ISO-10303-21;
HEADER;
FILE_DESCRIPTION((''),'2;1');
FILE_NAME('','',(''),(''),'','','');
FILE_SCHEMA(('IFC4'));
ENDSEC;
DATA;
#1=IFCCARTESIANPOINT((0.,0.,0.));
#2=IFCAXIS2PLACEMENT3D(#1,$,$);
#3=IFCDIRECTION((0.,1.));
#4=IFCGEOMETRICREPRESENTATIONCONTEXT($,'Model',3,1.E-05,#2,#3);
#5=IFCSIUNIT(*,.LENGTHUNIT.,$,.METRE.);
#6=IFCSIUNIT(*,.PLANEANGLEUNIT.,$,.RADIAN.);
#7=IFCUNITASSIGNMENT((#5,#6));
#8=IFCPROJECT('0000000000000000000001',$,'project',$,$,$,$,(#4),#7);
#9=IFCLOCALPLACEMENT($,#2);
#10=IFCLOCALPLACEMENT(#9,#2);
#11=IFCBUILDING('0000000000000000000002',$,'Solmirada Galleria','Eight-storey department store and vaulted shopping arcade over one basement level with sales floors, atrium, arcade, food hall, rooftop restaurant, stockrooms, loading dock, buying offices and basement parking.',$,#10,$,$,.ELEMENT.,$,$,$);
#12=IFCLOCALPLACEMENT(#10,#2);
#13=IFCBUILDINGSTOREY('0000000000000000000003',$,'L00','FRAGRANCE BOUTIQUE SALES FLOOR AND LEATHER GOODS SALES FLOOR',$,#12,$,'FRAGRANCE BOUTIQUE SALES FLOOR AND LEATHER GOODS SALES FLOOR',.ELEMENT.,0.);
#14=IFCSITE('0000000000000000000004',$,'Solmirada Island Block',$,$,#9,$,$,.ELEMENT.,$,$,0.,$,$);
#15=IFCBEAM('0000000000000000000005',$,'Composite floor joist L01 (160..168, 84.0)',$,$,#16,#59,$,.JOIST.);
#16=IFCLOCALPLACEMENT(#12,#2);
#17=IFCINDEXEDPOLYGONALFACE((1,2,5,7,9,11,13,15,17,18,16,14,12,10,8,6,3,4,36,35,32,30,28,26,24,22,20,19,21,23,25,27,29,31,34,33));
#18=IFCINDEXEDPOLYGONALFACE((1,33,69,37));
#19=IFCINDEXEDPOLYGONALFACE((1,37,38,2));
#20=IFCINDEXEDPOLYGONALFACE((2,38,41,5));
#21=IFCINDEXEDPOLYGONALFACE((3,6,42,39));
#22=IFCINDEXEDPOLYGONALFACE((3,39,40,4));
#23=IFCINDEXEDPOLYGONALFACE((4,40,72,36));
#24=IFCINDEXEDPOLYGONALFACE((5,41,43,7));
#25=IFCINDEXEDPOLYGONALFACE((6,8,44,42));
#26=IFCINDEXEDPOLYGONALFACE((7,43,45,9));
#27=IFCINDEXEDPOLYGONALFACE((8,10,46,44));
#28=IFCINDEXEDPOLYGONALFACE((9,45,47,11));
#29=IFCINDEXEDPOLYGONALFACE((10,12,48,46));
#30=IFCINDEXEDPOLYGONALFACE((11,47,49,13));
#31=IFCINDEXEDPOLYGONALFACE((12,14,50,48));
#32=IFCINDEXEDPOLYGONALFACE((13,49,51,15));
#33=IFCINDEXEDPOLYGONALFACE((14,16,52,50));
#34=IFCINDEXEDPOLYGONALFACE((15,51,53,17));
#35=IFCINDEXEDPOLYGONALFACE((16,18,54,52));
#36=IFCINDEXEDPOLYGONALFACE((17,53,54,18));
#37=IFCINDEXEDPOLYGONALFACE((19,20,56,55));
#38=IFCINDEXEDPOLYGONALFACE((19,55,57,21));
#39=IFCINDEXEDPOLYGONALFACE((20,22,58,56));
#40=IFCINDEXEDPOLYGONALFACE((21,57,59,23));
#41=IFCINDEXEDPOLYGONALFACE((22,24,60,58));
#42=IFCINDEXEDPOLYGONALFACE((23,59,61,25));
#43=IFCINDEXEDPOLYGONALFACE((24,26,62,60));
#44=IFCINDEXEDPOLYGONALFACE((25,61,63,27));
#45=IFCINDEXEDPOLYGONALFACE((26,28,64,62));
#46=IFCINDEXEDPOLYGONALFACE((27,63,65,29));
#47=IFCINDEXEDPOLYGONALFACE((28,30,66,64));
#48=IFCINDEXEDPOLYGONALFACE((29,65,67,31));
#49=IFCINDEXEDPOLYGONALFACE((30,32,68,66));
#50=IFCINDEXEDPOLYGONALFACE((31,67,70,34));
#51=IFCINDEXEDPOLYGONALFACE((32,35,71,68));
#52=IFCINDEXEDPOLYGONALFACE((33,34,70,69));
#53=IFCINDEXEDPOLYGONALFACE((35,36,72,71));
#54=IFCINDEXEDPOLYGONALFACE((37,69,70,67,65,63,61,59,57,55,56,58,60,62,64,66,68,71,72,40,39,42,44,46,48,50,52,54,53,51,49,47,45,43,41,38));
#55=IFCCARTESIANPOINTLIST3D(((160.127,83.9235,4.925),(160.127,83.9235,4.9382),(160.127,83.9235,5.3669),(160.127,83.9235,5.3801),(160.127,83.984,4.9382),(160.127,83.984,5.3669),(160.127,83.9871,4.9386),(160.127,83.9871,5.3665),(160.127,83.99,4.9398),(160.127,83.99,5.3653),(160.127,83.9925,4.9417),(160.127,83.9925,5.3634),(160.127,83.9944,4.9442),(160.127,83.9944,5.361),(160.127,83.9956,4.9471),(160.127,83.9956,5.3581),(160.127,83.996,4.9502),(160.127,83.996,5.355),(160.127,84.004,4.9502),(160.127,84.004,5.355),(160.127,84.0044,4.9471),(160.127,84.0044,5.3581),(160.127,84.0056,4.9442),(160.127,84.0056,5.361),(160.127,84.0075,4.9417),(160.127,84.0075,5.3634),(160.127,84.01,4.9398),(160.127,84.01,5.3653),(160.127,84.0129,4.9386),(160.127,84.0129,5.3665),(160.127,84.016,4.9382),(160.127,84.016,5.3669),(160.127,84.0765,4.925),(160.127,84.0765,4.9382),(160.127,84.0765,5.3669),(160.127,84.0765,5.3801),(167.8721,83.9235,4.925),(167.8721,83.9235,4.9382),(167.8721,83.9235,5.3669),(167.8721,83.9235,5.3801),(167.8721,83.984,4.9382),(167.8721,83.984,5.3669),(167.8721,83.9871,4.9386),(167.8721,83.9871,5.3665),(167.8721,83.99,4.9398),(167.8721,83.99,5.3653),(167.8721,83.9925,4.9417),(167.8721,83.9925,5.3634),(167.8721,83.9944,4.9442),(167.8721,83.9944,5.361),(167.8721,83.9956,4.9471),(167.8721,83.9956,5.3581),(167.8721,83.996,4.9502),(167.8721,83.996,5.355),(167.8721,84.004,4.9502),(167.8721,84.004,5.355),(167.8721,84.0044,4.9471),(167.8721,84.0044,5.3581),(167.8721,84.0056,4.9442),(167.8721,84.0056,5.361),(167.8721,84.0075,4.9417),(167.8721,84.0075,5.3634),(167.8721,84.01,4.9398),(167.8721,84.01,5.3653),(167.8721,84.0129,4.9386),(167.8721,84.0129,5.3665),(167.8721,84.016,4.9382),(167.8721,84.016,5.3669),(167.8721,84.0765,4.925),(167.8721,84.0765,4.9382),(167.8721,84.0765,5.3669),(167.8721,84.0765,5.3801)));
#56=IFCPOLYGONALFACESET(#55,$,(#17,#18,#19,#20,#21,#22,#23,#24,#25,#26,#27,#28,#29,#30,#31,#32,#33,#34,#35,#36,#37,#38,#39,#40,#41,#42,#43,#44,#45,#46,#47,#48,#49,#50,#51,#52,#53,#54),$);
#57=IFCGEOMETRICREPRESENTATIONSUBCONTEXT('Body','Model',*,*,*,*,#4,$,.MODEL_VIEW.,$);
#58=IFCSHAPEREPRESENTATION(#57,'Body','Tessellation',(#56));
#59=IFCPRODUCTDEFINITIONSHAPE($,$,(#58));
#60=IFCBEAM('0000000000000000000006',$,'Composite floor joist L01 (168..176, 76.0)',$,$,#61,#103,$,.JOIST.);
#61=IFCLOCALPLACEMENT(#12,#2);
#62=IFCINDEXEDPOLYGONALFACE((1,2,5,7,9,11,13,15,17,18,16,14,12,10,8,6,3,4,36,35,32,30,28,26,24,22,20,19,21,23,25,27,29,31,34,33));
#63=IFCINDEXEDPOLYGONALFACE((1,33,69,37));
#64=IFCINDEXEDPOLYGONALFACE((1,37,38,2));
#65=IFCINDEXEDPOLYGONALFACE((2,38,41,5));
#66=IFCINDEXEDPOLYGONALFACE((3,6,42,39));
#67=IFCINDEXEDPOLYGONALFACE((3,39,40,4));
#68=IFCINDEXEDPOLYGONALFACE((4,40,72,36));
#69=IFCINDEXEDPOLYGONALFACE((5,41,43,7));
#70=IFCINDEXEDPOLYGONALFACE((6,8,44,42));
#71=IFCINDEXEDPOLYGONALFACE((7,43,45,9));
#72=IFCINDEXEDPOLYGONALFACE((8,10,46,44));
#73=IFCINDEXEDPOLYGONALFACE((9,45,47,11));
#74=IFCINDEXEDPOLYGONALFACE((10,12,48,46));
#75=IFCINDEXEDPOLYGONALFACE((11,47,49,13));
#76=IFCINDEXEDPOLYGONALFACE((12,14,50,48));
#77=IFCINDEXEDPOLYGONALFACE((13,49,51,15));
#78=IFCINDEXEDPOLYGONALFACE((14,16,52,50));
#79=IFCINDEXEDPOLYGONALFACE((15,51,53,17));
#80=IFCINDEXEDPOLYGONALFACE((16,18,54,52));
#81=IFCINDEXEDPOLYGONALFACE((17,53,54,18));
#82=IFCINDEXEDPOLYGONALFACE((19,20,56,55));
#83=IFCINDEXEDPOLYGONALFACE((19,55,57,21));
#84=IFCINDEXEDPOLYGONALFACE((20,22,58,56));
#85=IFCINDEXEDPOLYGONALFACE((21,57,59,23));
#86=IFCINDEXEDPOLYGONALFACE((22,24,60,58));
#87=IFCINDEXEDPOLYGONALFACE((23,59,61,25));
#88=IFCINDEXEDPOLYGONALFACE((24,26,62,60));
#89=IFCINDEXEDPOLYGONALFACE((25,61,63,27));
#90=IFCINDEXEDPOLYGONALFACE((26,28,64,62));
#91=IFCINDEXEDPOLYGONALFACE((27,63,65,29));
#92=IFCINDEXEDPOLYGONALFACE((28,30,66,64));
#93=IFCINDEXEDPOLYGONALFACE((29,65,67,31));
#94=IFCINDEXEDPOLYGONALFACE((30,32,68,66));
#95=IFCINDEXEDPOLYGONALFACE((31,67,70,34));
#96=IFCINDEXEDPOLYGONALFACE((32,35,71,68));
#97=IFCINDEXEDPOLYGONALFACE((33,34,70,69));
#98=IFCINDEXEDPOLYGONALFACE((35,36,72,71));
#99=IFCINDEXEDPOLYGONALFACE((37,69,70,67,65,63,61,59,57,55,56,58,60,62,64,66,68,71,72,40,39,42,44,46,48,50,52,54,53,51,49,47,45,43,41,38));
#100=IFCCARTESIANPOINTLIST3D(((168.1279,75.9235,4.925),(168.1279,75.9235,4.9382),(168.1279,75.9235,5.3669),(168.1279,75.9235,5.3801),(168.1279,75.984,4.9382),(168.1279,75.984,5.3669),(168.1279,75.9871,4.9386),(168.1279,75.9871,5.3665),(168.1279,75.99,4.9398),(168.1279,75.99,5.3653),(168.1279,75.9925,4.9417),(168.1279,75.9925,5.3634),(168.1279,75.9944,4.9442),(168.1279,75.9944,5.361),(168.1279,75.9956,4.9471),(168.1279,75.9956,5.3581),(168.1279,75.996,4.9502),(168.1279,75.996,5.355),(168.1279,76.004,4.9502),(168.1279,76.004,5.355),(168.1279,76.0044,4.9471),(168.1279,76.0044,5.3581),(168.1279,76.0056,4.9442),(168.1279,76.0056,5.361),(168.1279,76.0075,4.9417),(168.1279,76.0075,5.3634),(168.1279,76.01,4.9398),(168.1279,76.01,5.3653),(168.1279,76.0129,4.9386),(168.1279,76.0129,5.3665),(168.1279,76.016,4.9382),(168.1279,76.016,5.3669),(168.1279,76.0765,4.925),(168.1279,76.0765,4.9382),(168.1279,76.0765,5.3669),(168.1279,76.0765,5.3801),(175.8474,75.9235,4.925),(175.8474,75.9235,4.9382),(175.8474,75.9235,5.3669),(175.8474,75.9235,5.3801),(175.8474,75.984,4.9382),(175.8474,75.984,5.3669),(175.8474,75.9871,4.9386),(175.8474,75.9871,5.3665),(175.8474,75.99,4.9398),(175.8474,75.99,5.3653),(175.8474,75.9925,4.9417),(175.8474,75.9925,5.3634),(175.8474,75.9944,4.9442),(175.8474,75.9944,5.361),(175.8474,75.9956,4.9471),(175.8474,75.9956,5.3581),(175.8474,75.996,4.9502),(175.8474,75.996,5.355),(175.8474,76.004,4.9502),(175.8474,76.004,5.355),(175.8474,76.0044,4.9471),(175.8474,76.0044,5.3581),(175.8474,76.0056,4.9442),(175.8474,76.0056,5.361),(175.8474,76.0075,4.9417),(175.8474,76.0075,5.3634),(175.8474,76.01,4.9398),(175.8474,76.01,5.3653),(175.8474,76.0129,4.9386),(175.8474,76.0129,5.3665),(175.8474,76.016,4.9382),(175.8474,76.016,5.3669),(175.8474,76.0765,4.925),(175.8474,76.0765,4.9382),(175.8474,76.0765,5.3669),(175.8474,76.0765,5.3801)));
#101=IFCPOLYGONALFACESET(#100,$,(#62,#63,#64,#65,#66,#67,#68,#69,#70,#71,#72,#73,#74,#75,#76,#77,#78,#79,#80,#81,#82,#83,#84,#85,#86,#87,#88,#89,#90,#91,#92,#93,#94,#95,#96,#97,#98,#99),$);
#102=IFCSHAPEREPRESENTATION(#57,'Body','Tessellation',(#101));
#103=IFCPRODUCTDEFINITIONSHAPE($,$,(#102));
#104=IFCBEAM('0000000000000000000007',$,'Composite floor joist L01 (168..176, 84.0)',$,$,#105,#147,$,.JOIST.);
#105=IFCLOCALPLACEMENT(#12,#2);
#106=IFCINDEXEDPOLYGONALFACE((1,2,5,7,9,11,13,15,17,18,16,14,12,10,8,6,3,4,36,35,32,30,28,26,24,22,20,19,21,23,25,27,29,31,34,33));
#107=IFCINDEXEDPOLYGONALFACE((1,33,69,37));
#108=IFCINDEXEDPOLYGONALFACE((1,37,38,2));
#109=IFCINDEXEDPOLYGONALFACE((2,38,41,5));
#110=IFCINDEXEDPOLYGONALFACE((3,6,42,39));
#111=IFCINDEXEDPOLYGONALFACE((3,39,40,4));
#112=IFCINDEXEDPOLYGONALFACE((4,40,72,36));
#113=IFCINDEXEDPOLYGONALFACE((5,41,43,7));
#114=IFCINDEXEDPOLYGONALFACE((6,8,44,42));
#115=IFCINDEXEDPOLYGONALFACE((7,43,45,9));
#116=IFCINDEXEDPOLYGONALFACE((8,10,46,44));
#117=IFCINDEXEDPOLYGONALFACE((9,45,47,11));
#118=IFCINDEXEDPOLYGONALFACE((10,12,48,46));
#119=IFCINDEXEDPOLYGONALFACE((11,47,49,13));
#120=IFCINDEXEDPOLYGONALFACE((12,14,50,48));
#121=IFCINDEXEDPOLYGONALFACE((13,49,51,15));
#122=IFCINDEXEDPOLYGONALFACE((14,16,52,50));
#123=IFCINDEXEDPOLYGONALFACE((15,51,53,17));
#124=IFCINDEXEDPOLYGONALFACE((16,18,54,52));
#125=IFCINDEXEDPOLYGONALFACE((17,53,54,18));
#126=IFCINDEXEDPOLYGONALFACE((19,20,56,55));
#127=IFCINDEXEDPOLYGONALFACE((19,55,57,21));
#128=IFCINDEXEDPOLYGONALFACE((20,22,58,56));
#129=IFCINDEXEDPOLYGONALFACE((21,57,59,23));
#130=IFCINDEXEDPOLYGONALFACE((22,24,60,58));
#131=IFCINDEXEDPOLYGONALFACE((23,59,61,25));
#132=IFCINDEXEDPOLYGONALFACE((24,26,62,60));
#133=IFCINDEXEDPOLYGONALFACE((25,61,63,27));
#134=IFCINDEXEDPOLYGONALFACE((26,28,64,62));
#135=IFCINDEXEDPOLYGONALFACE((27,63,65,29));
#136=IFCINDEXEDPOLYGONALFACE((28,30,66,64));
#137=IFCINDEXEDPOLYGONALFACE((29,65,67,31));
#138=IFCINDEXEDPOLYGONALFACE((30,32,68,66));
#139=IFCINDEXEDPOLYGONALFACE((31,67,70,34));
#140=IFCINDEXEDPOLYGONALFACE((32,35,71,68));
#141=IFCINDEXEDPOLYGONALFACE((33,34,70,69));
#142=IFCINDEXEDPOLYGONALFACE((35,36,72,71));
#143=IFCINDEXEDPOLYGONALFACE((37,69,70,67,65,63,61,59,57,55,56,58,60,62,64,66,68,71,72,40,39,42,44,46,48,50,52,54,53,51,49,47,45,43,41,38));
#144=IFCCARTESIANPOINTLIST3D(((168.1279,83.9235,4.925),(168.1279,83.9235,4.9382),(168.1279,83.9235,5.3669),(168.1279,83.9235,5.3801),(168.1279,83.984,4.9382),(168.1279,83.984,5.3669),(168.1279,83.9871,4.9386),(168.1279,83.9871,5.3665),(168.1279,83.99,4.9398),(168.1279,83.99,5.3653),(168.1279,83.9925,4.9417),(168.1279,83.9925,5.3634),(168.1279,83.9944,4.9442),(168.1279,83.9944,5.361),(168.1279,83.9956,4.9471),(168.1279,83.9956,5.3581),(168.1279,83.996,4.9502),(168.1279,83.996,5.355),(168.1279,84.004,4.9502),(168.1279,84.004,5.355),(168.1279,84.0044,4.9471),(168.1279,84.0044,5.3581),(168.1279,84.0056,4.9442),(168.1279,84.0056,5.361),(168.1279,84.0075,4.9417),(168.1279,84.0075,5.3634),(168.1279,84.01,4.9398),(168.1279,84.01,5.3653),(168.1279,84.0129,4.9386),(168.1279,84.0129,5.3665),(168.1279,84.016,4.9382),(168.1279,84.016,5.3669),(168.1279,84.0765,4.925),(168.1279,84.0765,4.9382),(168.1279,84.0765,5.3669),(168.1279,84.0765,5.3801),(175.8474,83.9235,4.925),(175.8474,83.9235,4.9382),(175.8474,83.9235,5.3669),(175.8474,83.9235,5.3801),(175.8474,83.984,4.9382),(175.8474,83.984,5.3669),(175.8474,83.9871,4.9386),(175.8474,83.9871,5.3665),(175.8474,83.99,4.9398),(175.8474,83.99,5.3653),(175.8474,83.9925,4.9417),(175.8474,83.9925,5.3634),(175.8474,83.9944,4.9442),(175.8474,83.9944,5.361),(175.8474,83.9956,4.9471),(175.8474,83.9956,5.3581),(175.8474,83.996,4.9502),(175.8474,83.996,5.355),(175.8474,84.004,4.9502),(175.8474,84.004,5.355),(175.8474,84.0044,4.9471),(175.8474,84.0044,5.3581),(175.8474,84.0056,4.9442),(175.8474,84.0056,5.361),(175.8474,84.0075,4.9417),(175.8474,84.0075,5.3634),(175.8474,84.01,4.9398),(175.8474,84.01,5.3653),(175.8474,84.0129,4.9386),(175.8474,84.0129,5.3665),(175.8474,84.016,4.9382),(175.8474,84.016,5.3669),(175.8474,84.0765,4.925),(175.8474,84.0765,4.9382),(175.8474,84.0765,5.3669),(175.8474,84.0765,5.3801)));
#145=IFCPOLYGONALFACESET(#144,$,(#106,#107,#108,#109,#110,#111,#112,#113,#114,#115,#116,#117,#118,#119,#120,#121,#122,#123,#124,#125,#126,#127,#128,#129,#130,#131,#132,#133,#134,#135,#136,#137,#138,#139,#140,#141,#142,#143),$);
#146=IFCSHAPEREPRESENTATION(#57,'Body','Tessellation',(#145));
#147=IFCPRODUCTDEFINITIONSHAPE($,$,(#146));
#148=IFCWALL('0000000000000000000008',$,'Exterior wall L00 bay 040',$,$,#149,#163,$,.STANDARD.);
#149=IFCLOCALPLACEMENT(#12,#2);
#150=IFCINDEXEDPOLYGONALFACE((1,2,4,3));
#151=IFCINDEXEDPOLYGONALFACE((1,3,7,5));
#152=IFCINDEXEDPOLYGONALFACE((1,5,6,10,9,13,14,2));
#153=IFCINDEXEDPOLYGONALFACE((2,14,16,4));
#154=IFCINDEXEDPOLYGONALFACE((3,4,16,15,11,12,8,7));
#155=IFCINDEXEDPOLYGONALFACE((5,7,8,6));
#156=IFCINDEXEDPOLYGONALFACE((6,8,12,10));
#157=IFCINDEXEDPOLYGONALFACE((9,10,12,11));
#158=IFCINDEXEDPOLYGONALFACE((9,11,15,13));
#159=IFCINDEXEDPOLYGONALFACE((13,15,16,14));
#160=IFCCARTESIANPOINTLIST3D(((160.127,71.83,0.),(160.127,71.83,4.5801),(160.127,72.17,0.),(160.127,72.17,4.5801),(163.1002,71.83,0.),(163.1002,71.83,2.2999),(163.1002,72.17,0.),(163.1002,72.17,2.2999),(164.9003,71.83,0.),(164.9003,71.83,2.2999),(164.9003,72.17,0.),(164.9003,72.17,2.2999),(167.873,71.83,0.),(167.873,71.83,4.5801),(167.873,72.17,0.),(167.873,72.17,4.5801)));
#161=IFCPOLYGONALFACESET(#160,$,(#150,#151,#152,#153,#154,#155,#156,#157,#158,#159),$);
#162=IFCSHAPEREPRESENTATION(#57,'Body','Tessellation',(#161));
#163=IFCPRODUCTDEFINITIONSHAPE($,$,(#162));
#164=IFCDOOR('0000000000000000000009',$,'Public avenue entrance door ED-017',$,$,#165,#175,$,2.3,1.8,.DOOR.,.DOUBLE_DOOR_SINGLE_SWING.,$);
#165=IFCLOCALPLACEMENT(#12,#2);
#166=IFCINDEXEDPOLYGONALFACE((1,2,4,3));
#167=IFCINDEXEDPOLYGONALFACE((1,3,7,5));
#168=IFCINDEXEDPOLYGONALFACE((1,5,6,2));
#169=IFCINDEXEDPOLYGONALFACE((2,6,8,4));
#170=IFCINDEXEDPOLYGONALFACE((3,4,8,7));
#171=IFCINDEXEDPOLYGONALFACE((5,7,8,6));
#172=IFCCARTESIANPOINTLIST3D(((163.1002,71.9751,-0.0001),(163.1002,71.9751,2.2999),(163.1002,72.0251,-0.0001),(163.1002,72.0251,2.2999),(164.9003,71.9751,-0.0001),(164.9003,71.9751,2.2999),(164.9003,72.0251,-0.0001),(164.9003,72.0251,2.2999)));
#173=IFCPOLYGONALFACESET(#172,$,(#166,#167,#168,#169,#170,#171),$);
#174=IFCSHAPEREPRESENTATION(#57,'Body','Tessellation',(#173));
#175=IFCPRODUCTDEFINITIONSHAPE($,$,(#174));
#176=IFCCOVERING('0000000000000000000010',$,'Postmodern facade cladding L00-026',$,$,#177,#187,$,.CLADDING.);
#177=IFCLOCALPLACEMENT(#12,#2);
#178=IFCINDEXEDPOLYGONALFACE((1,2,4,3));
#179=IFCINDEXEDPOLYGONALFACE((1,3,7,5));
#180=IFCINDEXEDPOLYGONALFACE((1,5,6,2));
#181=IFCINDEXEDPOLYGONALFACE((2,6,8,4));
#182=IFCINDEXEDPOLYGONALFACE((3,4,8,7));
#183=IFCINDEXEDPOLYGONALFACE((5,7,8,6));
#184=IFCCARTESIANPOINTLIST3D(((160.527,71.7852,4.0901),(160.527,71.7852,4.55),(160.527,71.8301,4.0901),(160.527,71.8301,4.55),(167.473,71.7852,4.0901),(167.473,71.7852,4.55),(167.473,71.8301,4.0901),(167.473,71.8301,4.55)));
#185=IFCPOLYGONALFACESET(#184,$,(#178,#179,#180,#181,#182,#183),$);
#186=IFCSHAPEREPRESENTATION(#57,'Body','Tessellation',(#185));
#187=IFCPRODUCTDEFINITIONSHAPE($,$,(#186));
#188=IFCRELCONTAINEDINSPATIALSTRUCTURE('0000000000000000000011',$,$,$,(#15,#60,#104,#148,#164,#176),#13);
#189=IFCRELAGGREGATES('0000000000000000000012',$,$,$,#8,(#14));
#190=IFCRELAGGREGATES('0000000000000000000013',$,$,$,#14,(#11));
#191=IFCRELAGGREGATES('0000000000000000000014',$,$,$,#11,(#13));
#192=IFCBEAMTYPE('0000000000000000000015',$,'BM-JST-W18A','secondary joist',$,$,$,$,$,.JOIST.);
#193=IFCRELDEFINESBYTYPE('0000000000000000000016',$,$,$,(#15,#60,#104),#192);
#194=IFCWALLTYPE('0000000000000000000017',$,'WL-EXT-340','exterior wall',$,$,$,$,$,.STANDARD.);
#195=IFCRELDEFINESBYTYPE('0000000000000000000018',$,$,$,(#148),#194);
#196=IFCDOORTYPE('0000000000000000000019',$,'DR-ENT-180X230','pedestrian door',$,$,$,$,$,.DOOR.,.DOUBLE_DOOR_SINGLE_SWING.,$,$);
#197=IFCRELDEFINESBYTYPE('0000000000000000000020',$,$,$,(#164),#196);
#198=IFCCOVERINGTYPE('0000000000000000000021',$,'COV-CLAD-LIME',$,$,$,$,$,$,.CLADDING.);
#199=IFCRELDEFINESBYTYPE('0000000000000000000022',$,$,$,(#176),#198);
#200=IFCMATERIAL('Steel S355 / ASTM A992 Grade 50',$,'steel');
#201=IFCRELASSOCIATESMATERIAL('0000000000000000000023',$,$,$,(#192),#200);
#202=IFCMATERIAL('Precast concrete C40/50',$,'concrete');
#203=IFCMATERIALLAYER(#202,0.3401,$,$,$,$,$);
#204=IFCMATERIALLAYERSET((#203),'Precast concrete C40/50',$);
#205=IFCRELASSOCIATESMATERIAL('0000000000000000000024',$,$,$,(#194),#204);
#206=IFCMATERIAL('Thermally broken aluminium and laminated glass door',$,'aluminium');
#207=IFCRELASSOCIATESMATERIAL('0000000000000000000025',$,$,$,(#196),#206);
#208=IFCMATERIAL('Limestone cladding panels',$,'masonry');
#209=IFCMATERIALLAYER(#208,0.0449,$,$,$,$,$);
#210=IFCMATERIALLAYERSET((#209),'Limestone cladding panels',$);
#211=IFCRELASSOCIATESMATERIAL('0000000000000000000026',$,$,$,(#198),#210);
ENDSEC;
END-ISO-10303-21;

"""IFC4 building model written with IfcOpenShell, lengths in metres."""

from ifc_helpers import new_model, si_unit, direction, frame, frame_2d, origin, origin_2d, place, context, subcontext, project, spatial, rectangle, i_section, extrude, material, layer, layer_set, material_profile, profile_set, type_object, element, fill, save


model = new_model("IFC4")

# Units and contexts
model_context = context("Model", 3, precision=1e-05, world=origin(), true_north=direction((0.0, 1.0)))
body_context = subcontext(model_context, "Body", "Model", "MODEL_VIEW")
ifc_project = project(units=[si_unit("LENGTHUNIT", "METRE"), si_unit("PLANEANGLEUNIT", "RADIAN")], contexts=[model_context])

# Site, building, storey
site_placement = place(None, origin())
site = spatial("IfcSite", under=ifc_project, at=site_placement, Name="Solmirada Island Block", CompositionType="ELEMENT", RefElevation=0.0)
building_placement = place(site_placement, origin())
building = spatial("IfcBuilding", under=site, at=building_placement, Name="Solmirada Galleria", Description="Eight-storey department store and vaulted shopping arcade over one basement level with sales floors, atrium, arcade, food hall, rooftop restaurant, stockrooms, loading dock, buying offices and basement parking.", CompositionType="ELEMENT")
storey_placement = place(building_placement, origin())
storey = spatial("IfcBuildingStorey", under=building, at=storey_placement, Name="L00", Description="FRAGRANCE BOUTIQUE SALES FLOOR AND LEATHER GOODS SALES FLOOR", LongName="FRAGRANCE BOUTIQUE SALES FLOOR AND LEATHER GOODS SALES FLOOR", CompositionType="ELEMENT", Elevation=0.0)

# Beams
ifc_material_1 = material(Name="Steel S355 / ASTM A992 Grade 50", Category="steel")
ifc_material_profile_1 = material_profile(ifc_material_1, i_section(OverallWidth=0.1531, OverallDepth=0.4551, WebThickness=0.0081, FlangeThickness=0.0132, FilletRadius=0.012, at=origin_2d()), Name="W18X40")
ifc_profile_set_1 = profile_set([ifc_material_profile_1], Name="Steel S355 / ASTM A992 Grade 50")
beam_type_1 = type_object("IfcBeamType", Name="BM-JST-W18A", Description="secondary joist", PredefinedType="JOIST", material=ifc_profile_set_1)
for number, where, z_axis, x_axis, name in (
    (1, (160.127, 84.0, 5.1526), (1.0, 0.0, 0.0), (0.0, 1.0, 0.0), "Composite floor joist L01 (160..168, 84.0)"),
):
    element("IfcBeam", number, at=place(storey_placement, frame(where, z_axis=z_axis, x_axis=x_axis)), inside=storey, type_object=beam_type_1, Name=name, PredefinedType="JOIST", context=body_context, shape_type="SweptSolid", body=[
        extrude(i_section(OverallWidth=0.1531, OverallDepth=0.4551, WebThickness=0.0081, FlangeThickness=0.0132, FilletRadius=0.012, at=origin_2d()), origin(), (0.0, 0.0, 1.0), 7.7451),
    ])
for number, where, z_axis, x_axis, name in (
    (2, (168.1279, 76.0, 5.1526), (1.0, 0.0, 0.0), (0.0, 1.0, 0.0), "Composite floor joist L01 (168..176, 76.0)"),
    (3, (168.1279, 84.0, 5.1526), (1.0, 0.0, 0.0), (0.0, 1.0, 0.0), "Composite floor joist L01 (168..176, 84.0)"),
):
    element("IfcBeam", number, at=place(storey_placement, frame(where, z_axis=z_axis, x_axis=x_axis)), inside=storey, type_object=beam_type_1, Name=name, PredefinedType="JOIST", context=body_context, shape_type="SweptSolid", body=[
        extrude(i_section(OverallWidth=0.1531, OverallDepth=0.4551, WebThickness=0.0081, FlangeThickness=0.0132, FilletRadius=0.012, at=origin_2d()), origin(), (0.0, 0.0, 1.0), 7.7195),
    ])

# Wall, opening, door
ifc_material_2 = material(Name="Precast concrete C40/50", Category="concrete")
ifc_layer_1 = layer(ifc_material_2, 0.3401)
ifc_layer_set_1 = layer_set([ifc_layer_1], Name="Precast concrete C40/50")
wall_type = type_object("IfcWallType", Name="WL-EXT-340", Description="exterior wall", PredefinedType="STANDARD", material=ifc_layer_set_1)
wall_placement = place(storey_placement, frame((167.873, 72.0, 0.0), z_axis=(0.0, 0.0, 1.0), x_axis=(-1.0, 0.0, 0.0)))
wall = element("IfcWall", 4, at=wall_placement, inside=storey, type_object=wall_type, Name="Exterior wall L00 bay 040", PredefinedType="STANDARD", context=body_context, shape_type="SweptSolid", body=[
    extrude(rectangle(XDim=7.7461, YDim=0.3401, at=frame_2d((3.873, 0.0))), origin(), (0.0, 0.0, 1.0), 4.5801),
])
opening_placement = place(wall_placement, frame((2.9729, 0.0, 0.0)))
opening = element("IfcOpeningElement", 5, at=opening_placement, cuts=wall, PredefinedType="OPENING", context=body_context, shape_type="SweptSolid", body=[
    extrude(rectangle(XDim=1.8, YDim=2.3, at=frame_2d((0.8999, 1.1499))), frame((0.0, 0.1799, 0.0), z_axis=(0.0, -1.0, 0.0), x_axis=(1.0, 0.0, 0.0)), (0.0, 0.0, 1.0), 0.3601),
])
ifc_material_3 = material(Name="Thermally broken aluminium and laminated glass door", Category="aluminium")
door_type = type_object("IfcDoorType", Name="DR-ENT-180X230", Description="pedestrian door", OperationType="DOUBLE_DOOR_SINGLE_SWING", PredefinedType="DOOR", material=ifc_material_3)
door_placement = place(opening_placement, origin())
door = element("IfcDoor", 6, at=door_placement, inside=storey, type_object=door_type, Name="Public avenue entrance door ED-017", OperationType="DOUBLE_DOOR_SINGLE_SWING", OverallHeight=2.3, OverallWidth=1.8, PredefinedType="DOOR", context=body_context, shape_type="SweptSolid", body=[
    extrude(rectangle(XDim=1.8, YDim=2.3, at=frame_2d((0.8999, 1.1499))), frame((0.0, 0.0249, 0.0), z_axis=(0.0, -1.0, 0.0), x_axis=(1.0, 0.0, 0.0)), (0.0, 0.0, 1.0), 0.05),
])
fill(opening, door)

# Covering
ifc_material_4 = material(Name="Limestone cladding panels", Category="masonry")
ifc_layer_2 = layer(ifc_material_4, 0.0449)
ifc_layer_set_2 = layer_set([ifc_layer_2], Name="Limestone cladding panels")
covering_type = type_object("IfcCoveringType", Name="COV-CLAD-LIME", PredefinedType="CLADDING", material=ifc_layer_set_2)
covering_placement = place(storey_placement, frame((164.0, 71.8076, 4.0901), z_axis=(0.0, 0.0, 1.0), x_axis=(-1.0, 0.0, 0.0)))
element("IfcCovering", 7, at=covering_placement, inside=storey, type_object=covering_type, Name="Postmodern facade cladding L00-026", PredefinedType="CLADDING", context=body_context, shape_type="SweptSolid", body=[
    extrude(rectangle(XDim=6.946, YDim=0.0449, at=origin_2d()), origin(), (0.0, 0.0, 1.0), 0.46),
])

save(model, "model.ifc")
